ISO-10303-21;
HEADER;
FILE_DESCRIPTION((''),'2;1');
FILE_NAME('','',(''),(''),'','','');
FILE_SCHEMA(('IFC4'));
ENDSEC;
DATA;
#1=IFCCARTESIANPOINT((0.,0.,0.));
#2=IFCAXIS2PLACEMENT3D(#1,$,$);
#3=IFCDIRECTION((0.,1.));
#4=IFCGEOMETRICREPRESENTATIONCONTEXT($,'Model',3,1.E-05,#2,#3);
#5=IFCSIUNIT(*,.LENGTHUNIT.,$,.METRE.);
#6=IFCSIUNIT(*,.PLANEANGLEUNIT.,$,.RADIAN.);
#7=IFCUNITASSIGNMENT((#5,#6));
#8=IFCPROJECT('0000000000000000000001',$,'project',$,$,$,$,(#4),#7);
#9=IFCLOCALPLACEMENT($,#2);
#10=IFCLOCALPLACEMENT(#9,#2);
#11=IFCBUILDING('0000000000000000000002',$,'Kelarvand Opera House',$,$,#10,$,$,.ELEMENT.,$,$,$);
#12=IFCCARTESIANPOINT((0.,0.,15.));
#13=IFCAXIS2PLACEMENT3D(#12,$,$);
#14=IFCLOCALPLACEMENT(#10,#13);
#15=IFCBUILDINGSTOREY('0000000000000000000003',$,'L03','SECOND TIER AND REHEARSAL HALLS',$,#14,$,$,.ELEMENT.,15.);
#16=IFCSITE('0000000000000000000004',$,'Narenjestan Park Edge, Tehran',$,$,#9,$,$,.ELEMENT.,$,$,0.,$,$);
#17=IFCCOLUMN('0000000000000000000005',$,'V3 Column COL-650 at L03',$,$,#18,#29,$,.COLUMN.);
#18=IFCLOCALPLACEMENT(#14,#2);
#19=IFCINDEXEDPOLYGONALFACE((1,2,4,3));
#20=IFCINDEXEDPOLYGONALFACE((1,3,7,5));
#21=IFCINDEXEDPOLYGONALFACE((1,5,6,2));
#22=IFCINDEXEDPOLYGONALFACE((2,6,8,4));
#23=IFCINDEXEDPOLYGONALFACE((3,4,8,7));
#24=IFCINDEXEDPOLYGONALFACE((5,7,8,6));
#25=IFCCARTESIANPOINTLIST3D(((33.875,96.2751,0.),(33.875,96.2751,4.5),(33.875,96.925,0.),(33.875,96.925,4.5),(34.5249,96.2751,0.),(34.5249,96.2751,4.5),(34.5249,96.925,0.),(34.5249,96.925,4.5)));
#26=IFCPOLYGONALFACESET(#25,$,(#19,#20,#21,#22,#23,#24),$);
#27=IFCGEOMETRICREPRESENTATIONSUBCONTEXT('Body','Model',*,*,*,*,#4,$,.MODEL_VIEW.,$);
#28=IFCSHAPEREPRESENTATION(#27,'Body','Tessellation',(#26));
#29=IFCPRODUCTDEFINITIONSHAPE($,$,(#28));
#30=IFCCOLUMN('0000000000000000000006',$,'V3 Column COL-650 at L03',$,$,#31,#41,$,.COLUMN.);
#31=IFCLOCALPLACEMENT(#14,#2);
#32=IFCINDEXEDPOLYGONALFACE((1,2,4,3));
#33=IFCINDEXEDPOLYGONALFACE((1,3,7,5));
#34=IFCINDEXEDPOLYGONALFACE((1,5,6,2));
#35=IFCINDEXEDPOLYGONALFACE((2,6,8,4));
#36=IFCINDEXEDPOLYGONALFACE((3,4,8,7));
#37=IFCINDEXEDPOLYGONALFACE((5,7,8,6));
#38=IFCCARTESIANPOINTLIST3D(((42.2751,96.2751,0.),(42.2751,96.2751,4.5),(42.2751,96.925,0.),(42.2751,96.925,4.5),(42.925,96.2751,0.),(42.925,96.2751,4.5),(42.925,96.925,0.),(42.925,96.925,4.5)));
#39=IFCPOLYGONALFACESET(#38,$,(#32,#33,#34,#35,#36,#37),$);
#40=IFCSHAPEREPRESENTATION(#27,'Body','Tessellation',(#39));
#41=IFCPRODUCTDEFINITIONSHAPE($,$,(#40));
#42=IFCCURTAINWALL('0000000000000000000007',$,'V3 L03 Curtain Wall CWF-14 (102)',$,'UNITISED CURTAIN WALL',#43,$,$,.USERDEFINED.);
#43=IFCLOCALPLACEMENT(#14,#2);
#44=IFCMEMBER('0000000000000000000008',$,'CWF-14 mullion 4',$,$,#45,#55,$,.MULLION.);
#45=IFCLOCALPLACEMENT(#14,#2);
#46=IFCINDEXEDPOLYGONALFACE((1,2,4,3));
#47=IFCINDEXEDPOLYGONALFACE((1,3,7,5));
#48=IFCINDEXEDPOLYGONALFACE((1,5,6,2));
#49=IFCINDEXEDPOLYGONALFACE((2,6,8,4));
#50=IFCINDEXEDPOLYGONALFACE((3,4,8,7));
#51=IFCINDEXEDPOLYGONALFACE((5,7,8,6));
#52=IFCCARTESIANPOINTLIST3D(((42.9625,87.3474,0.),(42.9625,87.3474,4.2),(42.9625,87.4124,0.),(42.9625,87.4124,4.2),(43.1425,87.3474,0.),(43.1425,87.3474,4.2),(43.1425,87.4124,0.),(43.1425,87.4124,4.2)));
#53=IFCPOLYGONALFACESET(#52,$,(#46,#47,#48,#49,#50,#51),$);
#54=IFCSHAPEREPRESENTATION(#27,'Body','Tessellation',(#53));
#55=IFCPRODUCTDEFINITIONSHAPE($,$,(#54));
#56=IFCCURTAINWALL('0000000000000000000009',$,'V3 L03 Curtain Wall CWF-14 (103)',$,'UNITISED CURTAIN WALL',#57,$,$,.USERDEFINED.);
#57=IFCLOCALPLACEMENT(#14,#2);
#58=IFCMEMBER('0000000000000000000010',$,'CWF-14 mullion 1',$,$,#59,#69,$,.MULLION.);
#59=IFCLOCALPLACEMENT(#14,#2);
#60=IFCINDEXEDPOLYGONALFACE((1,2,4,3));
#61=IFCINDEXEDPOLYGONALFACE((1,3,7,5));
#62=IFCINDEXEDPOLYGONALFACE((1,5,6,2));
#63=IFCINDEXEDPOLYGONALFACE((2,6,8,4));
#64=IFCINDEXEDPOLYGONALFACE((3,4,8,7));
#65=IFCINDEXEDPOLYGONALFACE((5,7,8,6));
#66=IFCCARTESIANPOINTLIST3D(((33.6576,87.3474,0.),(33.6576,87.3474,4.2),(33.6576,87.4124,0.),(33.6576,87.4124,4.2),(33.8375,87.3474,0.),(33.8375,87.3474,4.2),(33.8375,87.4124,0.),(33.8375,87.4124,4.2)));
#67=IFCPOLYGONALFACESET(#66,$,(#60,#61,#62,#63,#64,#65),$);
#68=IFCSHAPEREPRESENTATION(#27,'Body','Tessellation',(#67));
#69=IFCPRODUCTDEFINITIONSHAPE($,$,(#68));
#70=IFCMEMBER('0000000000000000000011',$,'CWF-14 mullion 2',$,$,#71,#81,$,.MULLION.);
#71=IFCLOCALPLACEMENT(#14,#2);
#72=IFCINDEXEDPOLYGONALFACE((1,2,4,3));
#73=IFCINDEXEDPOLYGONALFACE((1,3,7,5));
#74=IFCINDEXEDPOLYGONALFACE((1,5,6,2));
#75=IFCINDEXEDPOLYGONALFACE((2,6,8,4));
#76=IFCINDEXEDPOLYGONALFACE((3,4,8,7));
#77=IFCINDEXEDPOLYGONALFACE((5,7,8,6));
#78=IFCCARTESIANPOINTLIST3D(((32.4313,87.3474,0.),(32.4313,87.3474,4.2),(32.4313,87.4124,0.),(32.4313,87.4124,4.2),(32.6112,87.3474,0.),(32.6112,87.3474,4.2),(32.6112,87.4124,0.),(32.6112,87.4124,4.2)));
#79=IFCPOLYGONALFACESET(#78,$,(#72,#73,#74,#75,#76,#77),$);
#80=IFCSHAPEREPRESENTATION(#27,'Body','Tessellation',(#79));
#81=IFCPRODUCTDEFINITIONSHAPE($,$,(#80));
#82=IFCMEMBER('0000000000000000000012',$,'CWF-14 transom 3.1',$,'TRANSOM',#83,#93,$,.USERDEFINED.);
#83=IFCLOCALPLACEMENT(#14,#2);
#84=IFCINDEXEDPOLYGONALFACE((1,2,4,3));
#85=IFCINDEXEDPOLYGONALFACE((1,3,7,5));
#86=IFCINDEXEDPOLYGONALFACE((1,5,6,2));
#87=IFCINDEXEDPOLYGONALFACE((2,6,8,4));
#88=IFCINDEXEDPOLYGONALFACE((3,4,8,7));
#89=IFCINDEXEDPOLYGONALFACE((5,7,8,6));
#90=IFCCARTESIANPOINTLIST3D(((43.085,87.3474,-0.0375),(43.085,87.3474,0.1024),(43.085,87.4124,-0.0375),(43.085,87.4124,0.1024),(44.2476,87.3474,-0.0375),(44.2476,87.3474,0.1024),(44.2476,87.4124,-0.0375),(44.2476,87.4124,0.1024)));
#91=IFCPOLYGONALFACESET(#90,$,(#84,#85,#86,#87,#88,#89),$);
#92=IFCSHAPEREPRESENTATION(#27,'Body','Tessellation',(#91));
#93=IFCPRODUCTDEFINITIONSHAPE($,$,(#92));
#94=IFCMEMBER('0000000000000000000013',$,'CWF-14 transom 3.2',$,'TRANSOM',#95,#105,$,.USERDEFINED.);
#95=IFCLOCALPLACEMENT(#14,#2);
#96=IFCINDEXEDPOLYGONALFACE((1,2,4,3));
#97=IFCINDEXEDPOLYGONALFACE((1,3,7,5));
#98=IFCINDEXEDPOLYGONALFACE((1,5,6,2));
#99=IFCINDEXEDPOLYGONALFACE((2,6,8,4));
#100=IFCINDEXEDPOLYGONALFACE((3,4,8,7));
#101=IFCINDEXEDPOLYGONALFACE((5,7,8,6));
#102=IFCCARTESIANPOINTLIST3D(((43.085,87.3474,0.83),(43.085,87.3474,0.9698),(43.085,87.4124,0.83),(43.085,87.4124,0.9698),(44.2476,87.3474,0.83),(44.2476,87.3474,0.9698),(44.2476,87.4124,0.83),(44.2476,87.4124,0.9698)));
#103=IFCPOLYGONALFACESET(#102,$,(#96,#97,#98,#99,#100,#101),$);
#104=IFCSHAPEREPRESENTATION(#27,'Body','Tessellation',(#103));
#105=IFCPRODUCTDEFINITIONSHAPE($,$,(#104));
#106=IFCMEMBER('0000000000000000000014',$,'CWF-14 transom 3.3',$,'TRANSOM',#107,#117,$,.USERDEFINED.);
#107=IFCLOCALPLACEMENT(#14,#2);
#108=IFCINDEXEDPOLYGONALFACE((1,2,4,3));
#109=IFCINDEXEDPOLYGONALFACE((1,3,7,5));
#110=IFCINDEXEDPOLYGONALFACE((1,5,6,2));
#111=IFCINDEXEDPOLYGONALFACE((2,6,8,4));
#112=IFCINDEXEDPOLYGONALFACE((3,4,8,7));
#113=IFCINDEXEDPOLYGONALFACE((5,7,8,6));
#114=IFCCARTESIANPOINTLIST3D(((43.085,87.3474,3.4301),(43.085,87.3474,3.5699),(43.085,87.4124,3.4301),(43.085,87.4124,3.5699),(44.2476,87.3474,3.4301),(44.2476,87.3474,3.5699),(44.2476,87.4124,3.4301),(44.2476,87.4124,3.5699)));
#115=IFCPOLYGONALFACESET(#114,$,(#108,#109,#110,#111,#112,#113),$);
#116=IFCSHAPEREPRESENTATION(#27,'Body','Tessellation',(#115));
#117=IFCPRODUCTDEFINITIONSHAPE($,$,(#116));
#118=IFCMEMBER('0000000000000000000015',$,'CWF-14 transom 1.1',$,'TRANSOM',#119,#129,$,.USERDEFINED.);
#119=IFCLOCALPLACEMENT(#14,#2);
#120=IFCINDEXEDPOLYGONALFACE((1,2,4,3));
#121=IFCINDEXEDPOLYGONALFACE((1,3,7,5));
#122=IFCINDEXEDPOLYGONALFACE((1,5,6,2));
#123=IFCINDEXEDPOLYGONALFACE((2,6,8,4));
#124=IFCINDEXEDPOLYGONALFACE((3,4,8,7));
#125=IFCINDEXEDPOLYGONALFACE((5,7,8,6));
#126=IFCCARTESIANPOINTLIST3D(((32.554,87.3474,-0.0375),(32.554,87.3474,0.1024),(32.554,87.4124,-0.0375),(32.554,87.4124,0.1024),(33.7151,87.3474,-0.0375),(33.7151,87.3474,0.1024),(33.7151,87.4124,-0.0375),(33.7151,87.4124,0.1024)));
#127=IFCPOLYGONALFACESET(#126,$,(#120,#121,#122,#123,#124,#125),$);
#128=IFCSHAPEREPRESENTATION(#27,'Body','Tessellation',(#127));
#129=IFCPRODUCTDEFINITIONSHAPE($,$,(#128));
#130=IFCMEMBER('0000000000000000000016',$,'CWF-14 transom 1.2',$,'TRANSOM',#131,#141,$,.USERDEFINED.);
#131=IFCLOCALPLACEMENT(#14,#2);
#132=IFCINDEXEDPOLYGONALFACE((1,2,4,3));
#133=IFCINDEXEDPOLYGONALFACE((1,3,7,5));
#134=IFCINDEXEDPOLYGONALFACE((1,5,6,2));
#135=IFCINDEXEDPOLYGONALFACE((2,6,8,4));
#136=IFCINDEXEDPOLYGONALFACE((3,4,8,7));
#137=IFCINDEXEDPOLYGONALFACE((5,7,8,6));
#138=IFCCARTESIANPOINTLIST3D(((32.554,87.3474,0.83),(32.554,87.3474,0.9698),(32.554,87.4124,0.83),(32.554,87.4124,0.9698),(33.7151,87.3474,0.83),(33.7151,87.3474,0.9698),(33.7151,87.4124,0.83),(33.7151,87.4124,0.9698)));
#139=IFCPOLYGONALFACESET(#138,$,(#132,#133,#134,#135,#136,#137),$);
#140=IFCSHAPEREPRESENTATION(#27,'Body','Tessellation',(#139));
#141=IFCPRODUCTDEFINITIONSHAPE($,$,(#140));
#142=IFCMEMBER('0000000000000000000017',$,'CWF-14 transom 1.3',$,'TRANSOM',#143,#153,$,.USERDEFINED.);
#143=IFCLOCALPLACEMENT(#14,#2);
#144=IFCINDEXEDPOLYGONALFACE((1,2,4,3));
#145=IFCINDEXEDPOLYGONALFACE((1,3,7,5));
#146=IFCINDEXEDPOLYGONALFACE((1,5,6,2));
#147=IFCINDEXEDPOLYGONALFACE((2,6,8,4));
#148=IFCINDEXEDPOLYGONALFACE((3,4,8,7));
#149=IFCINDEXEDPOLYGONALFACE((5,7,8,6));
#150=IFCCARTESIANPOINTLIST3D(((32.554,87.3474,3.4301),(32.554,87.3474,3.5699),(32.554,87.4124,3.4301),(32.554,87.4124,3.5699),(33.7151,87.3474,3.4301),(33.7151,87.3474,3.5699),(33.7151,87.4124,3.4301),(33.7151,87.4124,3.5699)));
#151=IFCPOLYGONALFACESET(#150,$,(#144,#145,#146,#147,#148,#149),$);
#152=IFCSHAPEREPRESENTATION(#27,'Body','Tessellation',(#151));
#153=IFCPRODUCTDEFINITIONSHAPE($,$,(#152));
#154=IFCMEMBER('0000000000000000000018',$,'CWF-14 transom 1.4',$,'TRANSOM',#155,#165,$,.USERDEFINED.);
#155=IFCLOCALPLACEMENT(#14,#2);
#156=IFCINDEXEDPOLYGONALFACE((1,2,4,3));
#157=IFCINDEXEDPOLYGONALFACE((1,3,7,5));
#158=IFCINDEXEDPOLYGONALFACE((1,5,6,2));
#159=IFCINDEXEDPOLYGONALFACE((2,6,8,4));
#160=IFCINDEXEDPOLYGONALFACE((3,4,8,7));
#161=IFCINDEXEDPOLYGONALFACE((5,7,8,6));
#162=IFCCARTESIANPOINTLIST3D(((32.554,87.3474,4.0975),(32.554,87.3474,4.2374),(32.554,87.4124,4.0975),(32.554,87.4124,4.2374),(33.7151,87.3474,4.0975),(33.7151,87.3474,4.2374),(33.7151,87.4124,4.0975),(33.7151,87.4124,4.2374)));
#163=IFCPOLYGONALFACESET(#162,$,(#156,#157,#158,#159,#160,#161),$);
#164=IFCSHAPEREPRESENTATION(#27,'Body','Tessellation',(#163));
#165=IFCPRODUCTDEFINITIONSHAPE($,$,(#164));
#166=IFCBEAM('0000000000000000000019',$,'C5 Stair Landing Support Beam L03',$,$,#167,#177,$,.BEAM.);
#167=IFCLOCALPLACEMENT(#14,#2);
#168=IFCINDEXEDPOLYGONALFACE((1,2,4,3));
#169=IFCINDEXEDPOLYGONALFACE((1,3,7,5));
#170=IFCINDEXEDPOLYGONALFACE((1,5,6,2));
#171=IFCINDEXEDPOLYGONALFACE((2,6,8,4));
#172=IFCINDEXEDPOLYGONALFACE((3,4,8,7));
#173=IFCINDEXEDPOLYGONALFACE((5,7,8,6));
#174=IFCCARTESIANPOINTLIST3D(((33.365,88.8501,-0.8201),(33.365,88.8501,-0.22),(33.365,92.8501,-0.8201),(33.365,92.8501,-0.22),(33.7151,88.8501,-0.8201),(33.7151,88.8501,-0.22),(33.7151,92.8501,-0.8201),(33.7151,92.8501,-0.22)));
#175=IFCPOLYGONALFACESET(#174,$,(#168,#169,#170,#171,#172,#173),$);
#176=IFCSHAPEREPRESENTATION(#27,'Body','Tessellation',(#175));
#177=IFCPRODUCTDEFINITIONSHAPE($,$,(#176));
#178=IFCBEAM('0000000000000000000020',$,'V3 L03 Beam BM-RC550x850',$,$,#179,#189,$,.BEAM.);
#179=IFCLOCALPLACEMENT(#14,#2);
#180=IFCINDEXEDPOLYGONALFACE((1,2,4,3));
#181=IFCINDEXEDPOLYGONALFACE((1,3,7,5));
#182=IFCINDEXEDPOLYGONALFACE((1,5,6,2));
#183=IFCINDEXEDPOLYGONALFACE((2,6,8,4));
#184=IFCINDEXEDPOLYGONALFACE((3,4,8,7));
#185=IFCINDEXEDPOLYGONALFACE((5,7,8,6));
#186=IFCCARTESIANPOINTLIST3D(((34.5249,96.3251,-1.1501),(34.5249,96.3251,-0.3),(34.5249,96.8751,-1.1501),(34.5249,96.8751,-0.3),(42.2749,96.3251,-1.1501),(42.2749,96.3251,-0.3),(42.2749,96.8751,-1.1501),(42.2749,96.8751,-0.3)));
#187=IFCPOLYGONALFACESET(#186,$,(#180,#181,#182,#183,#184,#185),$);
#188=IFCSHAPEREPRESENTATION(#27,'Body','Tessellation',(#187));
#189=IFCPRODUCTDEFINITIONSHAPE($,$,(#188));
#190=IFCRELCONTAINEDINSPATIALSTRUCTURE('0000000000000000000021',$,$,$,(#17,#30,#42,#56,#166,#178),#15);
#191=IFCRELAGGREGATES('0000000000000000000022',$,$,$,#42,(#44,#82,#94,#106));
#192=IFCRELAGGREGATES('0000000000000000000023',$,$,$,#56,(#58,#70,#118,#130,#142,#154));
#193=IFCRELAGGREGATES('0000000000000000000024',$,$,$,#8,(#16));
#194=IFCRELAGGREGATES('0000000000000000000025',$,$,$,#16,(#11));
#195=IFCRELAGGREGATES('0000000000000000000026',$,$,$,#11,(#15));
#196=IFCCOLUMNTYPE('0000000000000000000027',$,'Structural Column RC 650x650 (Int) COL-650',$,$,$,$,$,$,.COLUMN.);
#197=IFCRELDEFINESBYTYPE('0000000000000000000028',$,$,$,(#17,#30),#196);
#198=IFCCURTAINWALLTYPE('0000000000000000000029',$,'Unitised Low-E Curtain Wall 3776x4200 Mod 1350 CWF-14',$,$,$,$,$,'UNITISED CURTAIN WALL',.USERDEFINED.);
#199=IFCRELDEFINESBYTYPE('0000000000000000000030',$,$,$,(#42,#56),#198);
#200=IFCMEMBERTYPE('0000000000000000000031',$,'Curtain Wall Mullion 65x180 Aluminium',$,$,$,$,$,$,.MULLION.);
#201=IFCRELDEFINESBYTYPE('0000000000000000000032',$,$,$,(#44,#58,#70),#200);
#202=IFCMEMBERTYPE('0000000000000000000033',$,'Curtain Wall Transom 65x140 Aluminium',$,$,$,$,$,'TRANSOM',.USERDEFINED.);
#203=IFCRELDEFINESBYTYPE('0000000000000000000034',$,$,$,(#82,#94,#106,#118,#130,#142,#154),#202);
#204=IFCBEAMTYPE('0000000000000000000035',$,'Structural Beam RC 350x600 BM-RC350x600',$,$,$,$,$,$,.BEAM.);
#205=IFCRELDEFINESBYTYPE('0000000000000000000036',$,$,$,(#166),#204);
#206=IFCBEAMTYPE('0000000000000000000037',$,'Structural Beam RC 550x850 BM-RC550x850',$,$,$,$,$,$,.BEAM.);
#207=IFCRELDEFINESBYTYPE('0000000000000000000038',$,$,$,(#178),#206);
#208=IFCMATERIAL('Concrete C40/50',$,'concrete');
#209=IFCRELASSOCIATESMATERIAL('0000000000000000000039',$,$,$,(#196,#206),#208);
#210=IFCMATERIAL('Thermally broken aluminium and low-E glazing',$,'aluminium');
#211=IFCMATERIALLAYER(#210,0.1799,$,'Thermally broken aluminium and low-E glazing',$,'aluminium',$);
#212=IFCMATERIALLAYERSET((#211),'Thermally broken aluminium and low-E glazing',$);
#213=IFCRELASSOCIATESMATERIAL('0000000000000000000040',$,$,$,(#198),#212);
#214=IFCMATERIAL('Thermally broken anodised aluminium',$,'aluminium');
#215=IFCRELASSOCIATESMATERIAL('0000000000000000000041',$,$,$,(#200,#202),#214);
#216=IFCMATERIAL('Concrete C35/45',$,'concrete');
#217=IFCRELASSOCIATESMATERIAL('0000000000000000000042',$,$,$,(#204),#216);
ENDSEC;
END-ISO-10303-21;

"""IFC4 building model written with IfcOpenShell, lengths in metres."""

from ifc_helpers import new_model, si_unit, direction, frame, origin, origin_2d, place, context, subcontext, project, spatial, rectangle, extrude, material, layer, layer_set, material_profile, profile_set, type_object, element, aggregate, save


model = new_model("IFC4")

# Units and contexts
model_context = context("Model", 3, precision=1e-05, world=origin(), true_north=direction((0.0, 1.0)))
body_context = subcontext(model_context, "Body", "Model", "MODEL_VIEW")
ifc_project = project(units=[si_unit("LENGTHUNIT", "METRE"), si_unit("PLANEANGLEUNIT", "RADIAN")], contexts=[model_context])

# Site, building, storey
site_placement = place(None, origin())
site = spatial("IfcSite", under=ifc_project, at=site_placement, Name="Narenjestan Park Edge, Tehran", CompositionType="ELEMENT", RefElevation=0.0)
building_placement = place(site_placement, origin())
building = spatial("IfcBuilding", under=site, at=building_placement, Name="Kelarvand Opera House", CompositionType="ELEMENT")
storey_placement = place(building_placement, frame((0.0, 0.0, 15.0)))
storey = spatial("IfcBuildingStorey", under=building, at=storey_placement, Name="L03", Description="SECOND TIER AND REHEARSAL HALLS", CompositionType="ELEMENT", Elevation=15.0)

# Columns
ifc_material_1 = material(Name="Concrete C40/50", Category="concrete")
ifc_material_profile_1 = material_profile(ifc_material_1, rectangle(XDim=0.6499, YDim=0.6499, at=origin_2d()), Name="RC 650x650", Category="concrete")
ifc_profile_set_1 = profile_set([ifc_material_profile_1], Name="Concrete C40/50")
column_type = type_object("IfcColumnType", Name="Structural Column RC 650x650 (Int) COL-650", PredefinedType="COLUMN", material=ifc_profile_set_1)
for number, where, z_axis, x_axis, name in (
    (1, (34.2, 96.6001, 0.0), (0.0, 0.0, 1.0), (1.0, 0.0, 0.0), "V3 Column COL-650 at L03"),
    (2, (42.6001, 96.6001, 0.0), (0.0, 0.0, 1.0), (1.0, 0.0, 0.0), "V3 Column COL-650 at L03"),
):
    element("IfcColumn", number, at=place(storey_placement, frame(where, z_axis=z_axis, x_axis=x_axis)), inside=storey, type_object=column_type, Name=name, PredefinedType="COLUMN", context=body_context, shape_type="SweptSolid", body=[
        extrude(rectangle(XDim=0.6499, YDim=0.6499, at=origin_2d()), origin(), (0.0, 0.0, 1.0), 4.5),
    ])

# Curtain wall, member
ifc_material_2 = material(Name="Thermally broken aluminium and low-E glazing", Category="aluminium")
ifc_layer_1 = layer(ifc_material_2, 0.1799, Name="Thermally broken aluminium and low-E glazing", Category="aluminium")
ifc_layer_set_1 = layer_set([ifc_layer_1], Name="Thermally broken aluminium and low-E glazing")
curtain_wall_type = type_object("IfcCurtainWallType", Name="Unitised Low-E Curtain Wall 3776x4200 Mod 1350 CWF-14", ElementType="UNITISED CURTAIN WALL", PredefinedType="USERDEFINED", material=ifc_layer_set_1)
curtain_wall_1_placement = place(storey_placement, origin())
curtain_wall_1 = element("IfcCurtainWall", 3, at=curtain_wall_1_placement, inside=storey, type_object=curtain_wall_type, Name="V3 L03 Curtain Wall CWF-14 (102)", ObjectType="UNITISED CURTAIN WALL", PredefinedType="USERDEFINED")
ifc_material_3 = material(Name="Thermally broken anodised aluminium", Category="aluminium")
ifc_material_profile_2 = material_profile(ifc_material_3, rectangle(XDim=0.0649, YDim=0.1799, at=origin_2d()), Name="ALU MULLION 65x180", Category="aluminium")
ifc_profile_set_2 = profile_set([ifc_material_profile_2], Name="Thermally broken anodised aluminium")
member_type_1 = type_object("IfcMemberType", Name="Curtain Wall Mullion 65x180 Aluminium", PredefinedType="MULLION", material=ifc_profile_set_2)
member_1_placement = place(storey_placement, frame((43.0525, 87.3799, 0.0), z_axis=(0.0, 0.0, 1.0), x_axis=(0.0, -1.0, 0.0)))
member_1 = element("IfcMember", 4, at=member_1_placement, type_object=member_type_1, Name="CWF-14 mullion 4", PredefinedType="MULLION", context=body_context, shape_type="SweptSolid", body=[
    extrude(rectangle(XDim=0.0649, YDim=0.1799, at=origin_2d()), origin(), (0.0, 0.0, 1.0), 4.2),
])

# Curtain wall, members
curtain_wall_2_placement = place(storey_placement, origin())
curtain_wall_2 = element("IfcCurtainWall", 5, at=curtain_wall_2_placement, inside=storey, type_object=curtain_wall_type, Name="V3 L03 Curtain Wall CWF-14 (103)", ObjectType="UNITISED CURTAIN WALL", PredefinedType="USERDEFINED")
member_2_placement = place(storey_placement, frame((33.7476, 87.3799, 0.0), z_axis=(0.0, 0.0, 1.0), x_axis=(0.0, -1.0, 0.0)))
member_2 = element("IfcMember", 6, at=member_2_placement, type_object=member_type_1, Name="CWF-14 mullion 1", PredefinedType="MULLION", context=body_context, shape_type="SweptSolid", body=[
    extrude(rectangle(XDim=0.0649, YDim=0.1799, at=origin_2d()), origin(), (0.0, 0.0, 1.0), 4.2),
])
member_3_placement = place(storey_placement, frame((32.5212, 87.3799, 0.0), z_axis=(0.0, 0.0, 1.0), x_axis=(0.0, -1.0, 0.0)))
member_3 = element("IfcMember", 7, at=member_3_placement, type_object=member_type_1, Name="CWF-14 mullion 2", PredefinedType="MULLION", context=body_context, shape_type="SweptSolid", body=[
    extrude(rectangle(XDim=0.0649, YDim=0.1799, at=origin_2d()), origin(), (0.0, 0.0, 1.0), 4.2),
])

# Members
ifc_material_profile_3 = material_profile(ifc_material_3, rectangle(XDim=0.0649, YDim=0.1399, at=origin_2d()), Name="ALU TRANSOM 65x140", Category="aluminium")
ifc_profile_set_3 = profile_set([ifc_material_profile_3], Name="Thermally broken anodised aluminium")
member_type_2 = type_object("IfcMemberType", Name="Curtain Wall Transom 65x140 Aluminium", ElementType="TRANSOM", PredefinedType="USERDEFINED", material=ifc_profile_set_3)
member_4_placement = place(storey_placement, frame((44.2476, 87.3799, 0.0325), z_axis=(-1.0, 0.0, 0.0), x_axis=(0.0, -1.0, 0.0)))
member_4 = element("IfcMember", 8, at=member_4_placement, type_object=member_type_2, Name="CWF-14 transom 3.1", ObjectType="TRANSOM", PredefinedType="USERDEFINED", context=body_context, shape_type="SweptSolid", body=[
    extrude(rectangle(XDim=0.0649, YDim=0.1399, at=origin_2d()), origin(), (0.0, 0.0, 1.0), 1.1626),
])
member_5_placement = place(storey_placement, frame((44.2476, 87.3799, 0.8999), z_axis=(-1.0, 0.0, 0.0), x_axis=(0.0, -1.0, 0.0)))
member_5 = element("IfcMember", 9, at=member_5_placement, type_object=member_type_2, Name="CWF-14 transom 3.2", ObjectType="TRANSOM", PredefinedType="USERDEFINED", context=body_context, shape_type="SweptSolid", body=[
    extrude(rectangle(XDim=0.0649, YDim=0.1399, at=origin_2d()), origin(), (0.0, 0.0, 1.0), 1.1626),
])
member_6_placement = place(storey_placement, frame((44.2476, 87.3799, 3.5), z_axis=(-1.0, 0.0, 0.0), x_axis=(0.0, -1.0, 0.0)))
member_6 = element("IfcMember", 10, at=member_6_placement, type_object=member_type_2, Name="CWF-14 transom 3.3", ObjectType="TRANSOM", PredefinedType="USERDEFINED", context=body_context, shape_type="SweptSolid", body=[
    extrude(rectangle(XDim=0.0649, YDim=0.1399, at=origin_2d()), origin(), (0.0, 0.0, 1.0), 1.1626),
])
member_7_placement = place(storey_placement, frame((33.7151, 87.3799, 0.0325), z_axis=(-1.0, 0.0, 0.0), x_axis=(0.0, -1.0, 0.0)))
member_7 = element("IfcMember", 11, at=member_7_placement, type_object=member_type_2, Name="CWF-14 transom 1.1", ObjectType="TRANSOM", PredefinedType="USERDEFINED", context=body_context, shape_type="SweptSolid", body=[
    extrude(rectangle(XDim=0.0649, YDim=0.1399, at=origin_2d()), origin(), (0.0, 0.0, 1.0), 1.1611),
])
member_8_placement = place(storey_placement, frame((33.7151, 87.3799, 0.8999), z_axis=(-1.0, 0.0, 0.0), x_axis=(0.0, -1.0, 0.0)))
member_8 = element("IfcMember", 12, at=member_8_placement, type_object=member_type_2, Name="CWF-14 transom 1.2", ObjectType="TRANSOM", PredefinedType="USERDEFINED", context=body_context, shape_type="SweptSolid", body=[
    extrude(rectangle(XDim=0.0649, YDim=0.1399, at=origin_2d()), origin(), (0.0, 0.0, 1.0), 1.1611),
])
member_9_placement = place(storey_placement, frame((33.7151, 87.3799, 3.5), z_axis=(-1.0, 0.0, 0.0), x_axis=(0.0, -1.0, 0.0)))
member_9 = element("IfcMember", 13, at=member_9_placement, type_object=member_type_2, Name="CWF-14 transom 1.3", ObjectType="TRANSOM", PredefinedType="USERDEFINED", context=body_context, shape_type="SweptSolid", body=[
    extrude(rectangle(XDim=0.0649, YDim=0.1399, at=origin_2d()), origin(), (0.0, 0.0, 1.0), 1.1611),
])
member_10_placement = place(storey_placement, frame((33.7151, 87.3799, 4.1675), z_axis=(-1.0, 0.0, 0.0), x_axis=(0.0, -1.0, 0.0)))
member_10 = element("IfcMember", 14, at=member_10_placement, type_object=member_type_2, Name="CWF-14 transom 1.4", ObjectType="TRANSOM", PredefinedType="USERDEFINED", context=body_context, shape_type="SweptSolid", body=[
    extrude(rectangle(XDim=0.0649, YDim=0.1399, at=origin_2d()), origin(), (0.0, 0.0, 1.0), 1.1611),
])

# Beams
ifc_material_4 = material(Name="Concrete C35/45", Category="concrete")
ifc_material_profile_4 = material_profile(ifc_material_4, rectangle(XDim=0.3501, YDim=0.6001, at=origin_2d()), Name="RC 350x600", Category="concrete")
ifc_profile_set_4 = profile_set([ifc_material_profile_4], Name="Concrete C35/45")
beam_type_1 = type_object("IfcBeamType", Name="Structural Beam RC 350x600 BM-RC350x600", PredefinedType="BEAM", material=ifc_profile_set_4)
beam_1_placement = place(storey_placement, frame((33.54, 88.8501, -0.52), z_axis=(0.0, 1.0, 0.0), x_axis=(-1.0, 0.0, 0.0)))
element("IfcBeam", 15, at=beam_1_placement, inside=storey, type_object=beam_type_1, Name="C5 Stair Landing Support Beam L03", PredefinedType="BEAM", context=body_context, shape_type="SweptSolid", body=[
    extrude(rectangle(XDim=0.3501, YDim=0.6001, at=origin_2d()), origin(), (0.0, 0.0, 1.0), 4.0),
])
ifc_material_profile_5 = material_profile(ifc_material_1, rectangle(XDim=0.55, YDim=0.8501, at=origin_2d()), Name="RC 550x850", Category="concrete")
ifc_profile_set_5 = profile_set([ifc_material_profile_5], Name="Concrete C40/50")
beam_type_2 = type_object("IfcBeamType", Name="Structural Beam RC 550x850 BM-RC550x850", PredefinedType="BEAM", material=ifc_profile_set_5)
beam_2_placement = place(storey_placement, frame((34.5249, 96.6001, -0.7251), z_axis=(1.0, 0.0, 0.0), x_axis=(0.0, 1.0, 0.0)))
element("IfcBeam", 16, at=beam_2_placement, inside=storey, type_object=beam_type_2, Name="V3 L03 Beam BM-RC550x850", PredefinedType="BEAM", context=body_context, shape_type="SweptSolid", body=[
    extrude(rectangle(XDim=0.55, YDim=0.8501, at=origin_2d()), origin(), (0.0, 0.0, 1.0), 7.75),
])

aggregate(curtain_wall_1, [member_1, member_4, member_5, member_6])
aggregate(curtain_wall_2, [member_2, member_3, member_7, member_8, member_9, member_10])

save(model, "model.ifc")
